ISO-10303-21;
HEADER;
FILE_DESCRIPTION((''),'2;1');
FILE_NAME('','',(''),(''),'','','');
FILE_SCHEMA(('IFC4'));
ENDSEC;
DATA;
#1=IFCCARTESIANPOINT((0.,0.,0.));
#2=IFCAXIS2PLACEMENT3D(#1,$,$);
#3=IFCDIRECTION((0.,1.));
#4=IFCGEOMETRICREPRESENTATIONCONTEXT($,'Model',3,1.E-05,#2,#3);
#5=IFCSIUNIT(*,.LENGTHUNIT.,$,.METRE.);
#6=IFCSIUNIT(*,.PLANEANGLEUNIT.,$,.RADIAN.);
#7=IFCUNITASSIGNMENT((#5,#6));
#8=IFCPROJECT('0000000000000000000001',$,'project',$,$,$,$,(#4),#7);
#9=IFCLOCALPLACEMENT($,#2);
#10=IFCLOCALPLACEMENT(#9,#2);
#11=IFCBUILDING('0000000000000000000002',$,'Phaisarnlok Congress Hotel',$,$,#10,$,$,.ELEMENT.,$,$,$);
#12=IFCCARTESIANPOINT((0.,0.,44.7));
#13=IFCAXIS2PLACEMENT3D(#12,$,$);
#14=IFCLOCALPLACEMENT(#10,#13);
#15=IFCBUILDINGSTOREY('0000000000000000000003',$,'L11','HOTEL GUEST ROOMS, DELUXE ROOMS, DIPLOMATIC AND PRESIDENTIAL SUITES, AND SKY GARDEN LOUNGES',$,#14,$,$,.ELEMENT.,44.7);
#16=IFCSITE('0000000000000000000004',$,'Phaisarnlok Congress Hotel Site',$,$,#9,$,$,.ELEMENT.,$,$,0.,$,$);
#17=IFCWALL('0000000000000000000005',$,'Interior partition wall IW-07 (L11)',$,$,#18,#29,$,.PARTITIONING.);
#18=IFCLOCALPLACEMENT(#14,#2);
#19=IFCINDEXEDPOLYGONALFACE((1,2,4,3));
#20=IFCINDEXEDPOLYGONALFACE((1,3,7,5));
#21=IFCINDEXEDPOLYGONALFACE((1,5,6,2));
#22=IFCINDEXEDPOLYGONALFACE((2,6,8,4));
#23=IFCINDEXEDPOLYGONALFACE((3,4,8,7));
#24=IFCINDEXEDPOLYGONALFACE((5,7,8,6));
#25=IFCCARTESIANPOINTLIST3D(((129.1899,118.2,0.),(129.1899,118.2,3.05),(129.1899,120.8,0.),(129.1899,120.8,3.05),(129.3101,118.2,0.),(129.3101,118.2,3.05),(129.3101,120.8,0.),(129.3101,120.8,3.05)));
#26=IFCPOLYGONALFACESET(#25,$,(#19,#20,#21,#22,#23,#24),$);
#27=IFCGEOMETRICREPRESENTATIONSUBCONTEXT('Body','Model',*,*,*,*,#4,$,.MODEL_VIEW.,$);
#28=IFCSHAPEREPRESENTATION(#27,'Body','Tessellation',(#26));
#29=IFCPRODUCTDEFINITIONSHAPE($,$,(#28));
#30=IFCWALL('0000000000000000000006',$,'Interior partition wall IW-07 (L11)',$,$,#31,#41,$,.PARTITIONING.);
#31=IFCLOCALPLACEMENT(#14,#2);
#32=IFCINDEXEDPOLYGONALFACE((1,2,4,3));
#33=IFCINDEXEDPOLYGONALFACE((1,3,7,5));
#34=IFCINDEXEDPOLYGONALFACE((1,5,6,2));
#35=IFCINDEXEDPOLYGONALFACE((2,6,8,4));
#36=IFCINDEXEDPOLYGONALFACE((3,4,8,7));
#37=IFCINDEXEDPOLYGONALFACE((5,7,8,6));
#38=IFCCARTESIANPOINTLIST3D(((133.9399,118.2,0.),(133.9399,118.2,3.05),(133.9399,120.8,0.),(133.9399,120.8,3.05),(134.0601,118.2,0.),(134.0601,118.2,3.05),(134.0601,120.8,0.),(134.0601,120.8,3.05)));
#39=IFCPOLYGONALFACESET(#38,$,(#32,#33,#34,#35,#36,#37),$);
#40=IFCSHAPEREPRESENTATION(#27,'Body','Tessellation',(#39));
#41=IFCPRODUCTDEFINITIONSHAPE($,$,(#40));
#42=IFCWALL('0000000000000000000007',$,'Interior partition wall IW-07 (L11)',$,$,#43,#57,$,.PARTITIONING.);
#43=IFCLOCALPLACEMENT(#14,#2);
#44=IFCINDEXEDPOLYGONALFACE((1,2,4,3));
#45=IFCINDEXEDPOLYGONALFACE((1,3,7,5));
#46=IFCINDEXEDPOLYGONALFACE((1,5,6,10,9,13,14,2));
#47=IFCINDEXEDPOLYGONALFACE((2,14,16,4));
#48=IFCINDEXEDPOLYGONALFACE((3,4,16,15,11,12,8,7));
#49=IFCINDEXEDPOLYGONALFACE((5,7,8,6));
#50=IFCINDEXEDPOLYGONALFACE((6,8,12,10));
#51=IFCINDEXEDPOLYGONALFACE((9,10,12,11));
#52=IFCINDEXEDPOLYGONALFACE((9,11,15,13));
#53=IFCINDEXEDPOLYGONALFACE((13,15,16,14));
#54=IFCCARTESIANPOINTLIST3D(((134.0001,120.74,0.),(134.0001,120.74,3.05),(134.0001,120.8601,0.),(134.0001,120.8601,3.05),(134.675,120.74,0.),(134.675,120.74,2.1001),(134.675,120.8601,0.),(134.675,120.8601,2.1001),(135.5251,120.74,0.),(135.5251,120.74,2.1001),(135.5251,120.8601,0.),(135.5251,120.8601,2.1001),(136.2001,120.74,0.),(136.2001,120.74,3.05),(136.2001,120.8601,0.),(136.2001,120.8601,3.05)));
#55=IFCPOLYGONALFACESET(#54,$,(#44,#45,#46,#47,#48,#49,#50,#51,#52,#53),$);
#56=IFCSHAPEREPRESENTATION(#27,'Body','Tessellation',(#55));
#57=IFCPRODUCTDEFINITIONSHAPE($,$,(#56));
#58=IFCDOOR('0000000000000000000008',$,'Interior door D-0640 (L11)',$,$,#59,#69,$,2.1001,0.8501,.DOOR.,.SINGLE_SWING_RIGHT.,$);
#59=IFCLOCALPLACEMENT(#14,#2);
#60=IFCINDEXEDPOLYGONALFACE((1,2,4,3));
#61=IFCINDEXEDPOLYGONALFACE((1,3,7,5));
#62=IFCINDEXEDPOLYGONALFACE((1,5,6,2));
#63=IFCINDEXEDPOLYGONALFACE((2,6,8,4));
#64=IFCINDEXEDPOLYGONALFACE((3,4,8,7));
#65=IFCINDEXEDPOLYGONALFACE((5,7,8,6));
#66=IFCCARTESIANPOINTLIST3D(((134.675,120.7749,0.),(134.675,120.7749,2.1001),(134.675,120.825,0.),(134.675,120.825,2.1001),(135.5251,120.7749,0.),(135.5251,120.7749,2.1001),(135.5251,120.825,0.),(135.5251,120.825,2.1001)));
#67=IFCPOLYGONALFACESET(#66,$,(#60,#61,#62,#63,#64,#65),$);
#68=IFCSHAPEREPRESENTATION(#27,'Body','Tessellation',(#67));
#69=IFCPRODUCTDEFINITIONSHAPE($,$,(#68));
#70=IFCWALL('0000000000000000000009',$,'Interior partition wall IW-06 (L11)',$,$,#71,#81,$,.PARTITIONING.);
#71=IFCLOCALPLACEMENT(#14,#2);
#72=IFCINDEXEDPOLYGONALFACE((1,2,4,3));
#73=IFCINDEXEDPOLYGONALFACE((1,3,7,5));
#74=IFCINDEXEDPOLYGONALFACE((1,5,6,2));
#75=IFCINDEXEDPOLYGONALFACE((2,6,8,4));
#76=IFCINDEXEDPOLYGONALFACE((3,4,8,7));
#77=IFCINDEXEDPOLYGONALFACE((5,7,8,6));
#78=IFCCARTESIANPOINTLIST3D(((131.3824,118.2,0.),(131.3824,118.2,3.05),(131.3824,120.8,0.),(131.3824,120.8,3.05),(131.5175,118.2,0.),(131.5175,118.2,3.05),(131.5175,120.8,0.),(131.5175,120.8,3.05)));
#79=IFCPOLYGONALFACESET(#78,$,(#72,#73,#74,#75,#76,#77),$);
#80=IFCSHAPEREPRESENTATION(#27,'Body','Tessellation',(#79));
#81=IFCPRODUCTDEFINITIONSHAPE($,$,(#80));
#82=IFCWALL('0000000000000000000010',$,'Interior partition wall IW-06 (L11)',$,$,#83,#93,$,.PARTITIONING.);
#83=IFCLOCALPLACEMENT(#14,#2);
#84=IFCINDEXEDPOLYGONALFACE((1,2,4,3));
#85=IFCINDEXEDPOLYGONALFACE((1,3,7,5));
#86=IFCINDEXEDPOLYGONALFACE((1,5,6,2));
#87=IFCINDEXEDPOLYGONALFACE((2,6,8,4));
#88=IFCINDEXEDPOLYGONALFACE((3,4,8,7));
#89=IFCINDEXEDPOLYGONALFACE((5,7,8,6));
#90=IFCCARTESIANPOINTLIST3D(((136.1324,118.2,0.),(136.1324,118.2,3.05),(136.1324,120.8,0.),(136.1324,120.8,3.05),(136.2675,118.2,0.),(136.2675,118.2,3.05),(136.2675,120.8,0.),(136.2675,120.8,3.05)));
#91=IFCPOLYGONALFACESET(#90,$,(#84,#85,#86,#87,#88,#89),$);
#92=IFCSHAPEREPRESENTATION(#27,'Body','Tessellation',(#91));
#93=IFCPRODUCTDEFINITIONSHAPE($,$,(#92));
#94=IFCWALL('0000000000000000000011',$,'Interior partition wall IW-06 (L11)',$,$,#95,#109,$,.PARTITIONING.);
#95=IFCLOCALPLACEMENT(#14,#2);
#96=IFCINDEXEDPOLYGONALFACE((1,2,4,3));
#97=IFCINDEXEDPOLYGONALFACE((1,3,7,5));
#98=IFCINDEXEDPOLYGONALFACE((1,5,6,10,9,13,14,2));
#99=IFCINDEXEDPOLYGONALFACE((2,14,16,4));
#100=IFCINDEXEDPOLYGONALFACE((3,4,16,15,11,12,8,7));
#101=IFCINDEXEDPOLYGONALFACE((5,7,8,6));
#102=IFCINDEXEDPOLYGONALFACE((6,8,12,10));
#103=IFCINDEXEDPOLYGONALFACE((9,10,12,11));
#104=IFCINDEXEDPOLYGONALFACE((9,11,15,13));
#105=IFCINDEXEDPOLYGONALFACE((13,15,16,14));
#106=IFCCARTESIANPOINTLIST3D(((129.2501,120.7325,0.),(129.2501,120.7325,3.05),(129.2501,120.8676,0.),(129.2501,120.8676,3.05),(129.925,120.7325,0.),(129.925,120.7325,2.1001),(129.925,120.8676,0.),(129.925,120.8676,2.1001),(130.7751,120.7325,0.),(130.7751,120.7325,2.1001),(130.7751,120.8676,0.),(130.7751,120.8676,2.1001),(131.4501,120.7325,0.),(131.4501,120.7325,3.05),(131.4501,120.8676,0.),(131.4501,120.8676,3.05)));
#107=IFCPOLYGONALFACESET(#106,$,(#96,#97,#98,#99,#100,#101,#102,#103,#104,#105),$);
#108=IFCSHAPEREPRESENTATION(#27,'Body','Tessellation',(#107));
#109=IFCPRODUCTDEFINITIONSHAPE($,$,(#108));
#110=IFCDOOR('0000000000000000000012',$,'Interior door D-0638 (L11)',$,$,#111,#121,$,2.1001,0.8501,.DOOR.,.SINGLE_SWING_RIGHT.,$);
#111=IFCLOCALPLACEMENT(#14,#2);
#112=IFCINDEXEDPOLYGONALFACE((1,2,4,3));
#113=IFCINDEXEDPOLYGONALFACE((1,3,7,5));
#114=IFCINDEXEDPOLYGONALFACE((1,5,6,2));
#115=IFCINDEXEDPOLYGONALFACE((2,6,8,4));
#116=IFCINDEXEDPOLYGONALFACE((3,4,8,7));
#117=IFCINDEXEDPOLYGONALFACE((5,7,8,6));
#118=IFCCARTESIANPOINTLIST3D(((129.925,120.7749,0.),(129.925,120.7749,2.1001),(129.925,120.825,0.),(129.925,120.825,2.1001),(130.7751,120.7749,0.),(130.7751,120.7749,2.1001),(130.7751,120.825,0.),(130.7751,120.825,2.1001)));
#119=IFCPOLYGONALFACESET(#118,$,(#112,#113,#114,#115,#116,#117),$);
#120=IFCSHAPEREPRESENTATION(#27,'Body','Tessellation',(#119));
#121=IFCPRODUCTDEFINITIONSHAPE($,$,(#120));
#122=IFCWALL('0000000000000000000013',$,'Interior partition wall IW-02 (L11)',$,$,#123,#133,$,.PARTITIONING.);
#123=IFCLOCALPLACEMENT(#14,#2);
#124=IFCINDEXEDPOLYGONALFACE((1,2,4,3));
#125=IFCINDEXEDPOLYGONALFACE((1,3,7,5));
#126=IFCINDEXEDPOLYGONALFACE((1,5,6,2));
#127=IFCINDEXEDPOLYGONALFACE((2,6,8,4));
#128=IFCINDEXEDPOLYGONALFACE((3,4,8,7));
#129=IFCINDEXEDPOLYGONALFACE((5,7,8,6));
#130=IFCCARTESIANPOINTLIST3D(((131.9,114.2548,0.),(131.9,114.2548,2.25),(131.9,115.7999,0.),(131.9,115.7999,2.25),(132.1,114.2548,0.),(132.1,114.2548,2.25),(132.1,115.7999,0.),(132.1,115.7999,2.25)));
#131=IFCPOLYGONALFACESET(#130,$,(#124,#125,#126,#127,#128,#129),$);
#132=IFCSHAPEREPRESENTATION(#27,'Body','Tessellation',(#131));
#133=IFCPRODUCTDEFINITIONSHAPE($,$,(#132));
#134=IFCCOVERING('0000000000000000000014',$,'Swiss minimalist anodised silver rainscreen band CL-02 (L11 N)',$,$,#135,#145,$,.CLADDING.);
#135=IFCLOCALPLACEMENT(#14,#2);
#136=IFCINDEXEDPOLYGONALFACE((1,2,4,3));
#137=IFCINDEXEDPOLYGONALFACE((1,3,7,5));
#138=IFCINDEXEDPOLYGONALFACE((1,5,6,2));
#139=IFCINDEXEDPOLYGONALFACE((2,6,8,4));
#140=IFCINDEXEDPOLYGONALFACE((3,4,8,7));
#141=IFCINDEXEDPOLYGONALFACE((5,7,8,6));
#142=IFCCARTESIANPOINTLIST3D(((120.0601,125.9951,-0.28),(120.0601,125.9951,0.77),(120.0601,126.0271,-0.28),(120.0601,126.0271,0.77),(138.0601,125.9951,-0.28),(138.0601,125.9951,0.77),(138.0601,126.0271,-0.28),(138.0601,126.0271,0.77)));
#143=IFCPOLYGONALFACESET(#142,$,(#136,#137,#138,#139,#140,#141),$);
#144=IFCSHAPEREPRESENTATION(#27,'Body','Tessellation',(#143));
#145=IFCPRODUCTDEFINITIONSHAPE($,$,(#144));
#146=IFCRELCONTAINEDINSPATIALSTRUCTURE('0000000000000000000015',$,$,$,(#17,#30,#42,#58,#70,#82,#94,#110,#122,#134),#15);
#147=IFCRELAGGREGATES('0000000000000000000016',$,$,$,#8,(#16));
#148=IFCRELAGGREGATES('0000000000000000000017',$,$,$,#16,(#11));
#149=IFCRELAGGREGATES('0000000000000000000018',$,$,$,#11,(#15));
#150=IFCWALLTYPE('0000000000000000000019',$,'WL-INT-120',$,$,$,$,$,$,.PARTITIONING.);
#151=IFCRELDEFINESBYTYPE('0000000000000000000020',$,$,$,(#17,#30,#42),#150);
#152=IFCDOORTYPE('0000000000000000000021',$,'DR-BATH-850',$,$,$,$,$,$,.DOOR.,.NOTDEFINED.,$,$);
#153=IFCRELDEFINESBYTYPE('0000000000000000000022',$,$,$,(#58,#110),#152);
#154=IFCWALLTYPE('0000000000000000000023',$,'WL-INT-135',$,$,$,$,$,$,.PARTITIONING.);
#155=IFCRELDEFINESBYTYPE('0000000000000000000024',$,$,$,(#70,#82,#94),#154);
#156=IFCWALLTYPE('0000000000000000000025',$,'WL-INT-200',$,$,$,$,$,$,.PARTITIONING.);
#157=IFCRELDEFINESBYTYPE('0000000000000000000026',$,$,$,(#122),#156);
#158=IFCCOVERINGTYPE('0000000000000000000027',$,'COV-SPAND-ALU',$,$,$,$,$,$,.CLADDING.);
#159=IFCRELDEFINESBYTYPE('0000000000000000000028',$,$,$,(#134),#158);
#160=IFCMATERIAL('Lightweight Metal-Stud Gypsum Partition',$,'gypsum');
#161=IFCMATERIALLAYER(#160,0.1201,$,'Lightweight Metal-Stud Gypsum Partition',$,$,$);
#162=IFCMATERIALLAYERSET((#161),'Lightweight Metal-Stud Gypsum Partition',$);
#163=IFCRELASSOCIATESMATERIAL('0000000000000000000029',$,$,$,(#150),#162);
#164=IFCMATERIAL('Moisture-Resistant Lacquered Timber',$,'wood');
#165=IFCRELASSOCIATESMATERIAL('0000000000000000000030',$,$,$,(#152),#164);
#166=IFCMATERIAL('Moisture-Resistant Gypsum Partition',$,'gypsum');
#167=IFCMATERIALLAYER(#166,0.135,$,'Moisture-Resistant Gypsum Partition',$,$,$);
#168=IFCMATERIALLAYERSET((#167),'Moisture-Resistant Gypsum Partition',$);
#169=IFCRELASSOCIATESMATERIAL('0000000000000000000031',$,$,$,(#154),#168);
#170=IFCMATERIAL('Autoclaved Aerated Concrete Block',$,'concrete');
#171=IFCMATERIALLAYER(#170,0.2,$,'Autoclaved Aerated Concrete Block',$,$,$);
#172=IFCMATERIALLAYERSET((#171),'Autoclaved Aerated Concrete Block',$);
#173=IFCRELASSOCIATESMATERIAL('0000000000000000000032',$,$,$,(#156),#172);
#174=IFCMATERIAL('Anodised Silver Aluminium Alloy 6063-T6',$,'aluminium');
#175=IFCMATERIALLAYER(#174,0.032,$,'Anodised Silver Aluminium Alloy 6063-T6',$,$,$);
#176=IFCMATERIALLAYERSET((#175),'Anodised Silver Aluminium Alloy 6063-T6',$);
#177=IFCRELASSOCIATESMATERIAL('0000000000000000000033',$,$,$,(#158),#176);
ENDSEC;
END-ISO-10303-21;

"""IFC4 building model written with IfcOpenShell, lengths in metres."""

from ifc_helpers import new_model, si_unit, direction, frame, frame_2d, origin, place, context, subcontext, project, spatial, polyline, rectangle, outline, extrude, material, layer, layer_set, type_object, element, fill, save


model = new_model("IFC4")

# Units and contexts
model_context = context("Model", 3, precision=1e-05, world=origin(), true_north=direction((0.0, 1.0)))
body_context = subcontext(model_context, "Body", "Model", "MODEL_VIEW")
ifc_project = project(units=[si_unit("LENGTHUNIT", "METRE"), si_unit("PLANEANGLEUNIT", "RADIAN")], contexts=[model_context])

# Site, building, storey
site_placement = place(None, origin())
site = spatial("IfcSite", under=ifc_project, at=site_placement, Name="Phaisarnlok Congress Hotel Site", CompositionType="ELEMENT", RefElevation=0.0)
building_placement = place(site_placement, origin())
building = spatial("IfcBuilding", under=site, at=building_placement, Name="Phaisarnlok Congress Hotel", CompositionType="ELEMENT")
storey_placement = place(building_placement, frame((0.0, 0.0, 44.7)))
storey = spatial("IfcBuildingStorey", under=building, at=storey_placement, Name="L11", Description="HOTEL GUEST ROOMS, DELUXE ROOMS, DIPLOMATIC AND PRESIDENTIAL SUITES, AND SKY GARDEN LOUNGES", CompositionType="ELEMENT", Elevation=44.7)

# Walls
ifc_material_1 = material(Name="Lightweight Metal-Stud Gypsum Partition", Category="gypsum")
ifc_layer_1 = layer(ifc_material_1, 0.1201, Name="Lightweight Metal-Stud Gypsum Partition")
ifc_layer_set_1 = layer_set([ifc_layer_1], Name="Lightweight Metal-Stud Gypsum Partition")
wall_type_1 = type_object("IfcWallType", Name="WL-INT-120", PredefinedType="PARTITIONING", material=ifc_layer_set_1)
for number, where, z_axis, x_axis, name in (
    (1, (129.25, 118.2, 0.0), (0.0, 0.0, 1.0), (0.0, 1.0, 0.0), "Interior partition wall IW-07 (L11)"),
    (2, (134.0, 118.2, 0.0), (0.0, 0.0, 1.0), (0.0, 1.0, 0.0), "Interior partition wall IW-07 (L11)"),
):
    element("IfcWall", number, at=place(storey_placement, frame(where, z_axis=z_axis, x_axis=x_axis)), inside=storey, type_object=wall_type_1, Name=name, PredefinedType="PARTITIONING", context=body_context, shape_type="SweptSolid", body=[
        extrude(rectangle(XDim=2.6001, YDim=0.1201, at=frame_2d((1.3, 0.0))), origin(), (0.0, 0.0, 1.0), 3.05),
    ])

# Wall, opening, door
wall_1_placement = place(storey_placement, frame((134.0, 120.8, 0.0), z_axis=(0.0, 0.0, 1.0), x_axis=(1.0, 0.0, 0.0)))
wall_1 = element("IfcWall", 3, at=wall_1_placement, inside=storey, type_object=wall_type_1, Name="Interior partition wall IW-07 (L11)", PredefinedType="PARTITIONING", context=body_context, shape_type="SweptSolid", body=[
    extrude(rectangle(XDim=2.2, YDim=0.1201, at=frame_2d((1.1001, 0.0))), origin(), (0.0, 0.0, 1.0), 3.05),
])
opening_1_placement = place(wall_1_placement, frame((0.675, 0.0, 0.0)))
opening_1 = element("IfcOpeningElement", 4, at=opening_1_placement, cuts=wall_1, PredefinedType="OPENING", context=body_context, shape_type="SweptSolid", body=[
    extrude(rectangle(XDim=0.8501, YDim=2.1001, at=frame_2d((0.425, 1.05))), frame((0.0, 0.0701, 0.0), z_axis=(0.0, -1.0, 0.0), x_axis=(1.0, 0.0, 0.0)), (0.0, 0.0, 1.0), 0.1401),
])
ifc_material_2 = material(Name="Moisture-Resistant Lacquered Timber", Category="wood")
door_type = type_object("IfcDoorType", Name="DR-BATH-850", OperationType="NOTDEFINED", PredefinedType="DOOR", material=ifc_material_2)
door_1_placement = place(opening_1_placement, origin())
door_1 = element("IfcDoor", 5, at=door_1_placement, inside=storey, type_object=door_type, Name="Interior door D-0640 (L11)", OperationType="SINGLE_SWING_RIGHT", OverallHeight=2.1001, OverallWidth=0.8501, PredefinedType="DOOR", context=body_context, shape_type="SweptSolid", body=[
    extrude(rectangle(XDim=0.8501, YDim=2.1001, at=frame_2d((0.425, 1.05))), frame((0.0, 0.0249, 0.0), z_axis=(0.0, -1.0, 0.0), x_axis=(1.0, 0.0, 0.0)), (0.0, 0.0, 1.0), 0.05),
])
fill(opening_1, door_1)

# Walls
ifc_material_3 = material(Name="Moisture-Resistant Gypsum Partition", Category="gypsum")
ifc_layer_2 = layer(ifc_material_3, 0.135, Name="Moisture-Resistant Gypsum Partition")
ifc_layer_set_2 = layer_set([ifc_layer_2], Name="Moisture-Resistant Gypsum Partition")
wall_type_2 = type_object("IfcWallType", Name="WL-INT-135", PredefinedType="PARTITIONING", material=ifc_layer_set_2)
for number, where, z_axis, x_axis, name in (
    (6, (131.45, 118.2, 0.0), (0.0, 0.0, 1.0), (0.0, 1.0, 0.0), "Interior partition wall IW-06 (L11)"),
    (7, (136.2, 118.2, 0.0), (0.0, 0.0, 1.0), (0.0, 1.0, 0.0), "Interior partition wall IW-06 (L11)"),
):
    element("IfcWall", number, at=place(storey_placement, frame(where, z_axis=z_axis, x_axis=x_axis)), inside=storey, type_object=wall_type_2, Name=name, PredefinedType="PARTITIONING", context=body_context, shape_type="SweptSolid", body=[
        extrude(rectangle(XDim=2.6001, YDim=0.135, at=frame_2d((1.3, 0.0))), origin(), (0.0, 0.0, 1.0), 3.05),
    ])

# Wall, opening, door
wall_2_placement = place(storey_placement, frame((129.25, 120.8, 0.0), z_axis=(0.0, 0.0, 1.0), x_axis=(1.0, 0.0, 0.0)))
wall_2 = element("IfcWall", 8, at=wall_2_placement, inside=storey, type_object=wall_type_2, Name="Interior partition wall IW-06 (L11)", PredefinedType="PARTITIONING", context=body_context, shape_type="SweptSolid", body=[
    extrude(rectangle(XDim=2.2, YDim=0.135, at=frame_2d((1.1001, 0.0))), origin(), (0.0, 0.0, 1.0), 3.05),
])
opening_2_placement = place(wall_2_placement, frame((0.675, 0.0, 0.0)))
opening_2 = element("IfcOpeningElement", 9, at=opening_2_placement, cuts=wall_2, PredefinedType="OPENING", context=body_context, shape_type="SweptSolid", body=[
    extrude(rectangle(XDim=0.8501, YDim=2.1001, at=frame_2d((0.425, 1.05))), frame((0.0, 0.0776, 0.0), z_axis=(0.0, -1.0, 0.0), x_axis=(1.0, 0.0, 0.0)), (0.0, 0.0, 1.0), 0.155),
])
door_2_placement = place(opening_2_placement, origin())
door_2 = element("IfcDoor", 10, at=door_2_placement, inside=storey, type_object=door_type, Name="Interior door D-0638 (L11)", OperationType="SINGLE_SWING_RIGHT", OverallHeight=2.1001, OverallWidth=0.8501, PredefinedType="DOOR", context=body_context, shape_type="SweptSolid", body=[
    extrude(rectangle(XDim=0.8501, YDim=2.1001, at=frame_2d((0.425, 1.05))), frame((0.0, 0.0249, 0.0), z_axis=(0.0, -1.0, 0.0), x_axis=(1.0, 0.0, 0.0)), (0.0, 0.0, 1.0), 0.05),
])
fill(opening_2, door_2)

# Wall
ifc_material_4 = material(Name="Autoclaved Aerated Concrete Block", Category="concrete")
ifc_layer_3 = layer(ifc_material_4, 0.2, Name="Autoclaved Aerated Concrete Block")
ifc_layer_set_3 = layer_set([ifc_layer_3], Name="Autoclaved Aerated Concrete Block")
wall_type_3 = type_object("IfcWallType", Name="WL-INT-200", PredefinedType="PARTITIONING", material=ifc_layer_set_3)
wall_3_placement = place(storey_placement, frame((132.0, 114.2549, 0.0), z_axis=(0.0, 0.0, 1.0), x_axis=(0.0, 1.0, 0.0)))
element("IfcWall", 11, at=wall_3_placement, inside=storey, type_object=wall_type_3, Name="Interior partition wall IW-02 (L11)", PredefinedType="PARTITIONING", context=body_context, shape_type="SweptSolid", body=[
    extrude(rectangle(XDim=1.5452, YDim=0.2, at=frame_2d((0.7725, 0.0))), origin(), (0.0, 0.0, 1.0), 2.25),
])

# Covering
ifc_material_5 = material(Name="Anodised Silver Aluminium Alloy 6063-T6", Category="aluminium")
ifc_layer_4 = layer(ifc_material_5, 0.032, Name="Anodised Silver Aluminium Alloy 6063-T6")
ifc_layer_set_4 = layer_set([ifc_layer_4], Name="Anodised Silver Aluminium Alloy 6063-T6")
covering_type = type_object("IfcCoveringType", Name="COV-SPAND-ALU", PredefinedType="CLADDING", material=ifc_layer_set_4)
covering_placement = place(storey_placement, frame((138.0601, 125.9951, -0.28), z_axis=(0.0, 1.0, 0.0), x_axis=(-1.0, 0.0, 0.0)))
element("IfcCovering", 12, at=covering_placement, inside=storey, type_object=covering_type, Name="Swiss minimalist anodised silver rainscreen band CL-02 (L11 N)", PredefinedType="CLADDING", context=body_context, shape_type="SweptSolid", body=[
    extrude(outline(polyline([(0.0, 0.0), (18.0, 0.0), (18.0, 1.05), (0.0, 1.05), (0.0, 0.0)])), origin(), (0.0, 0.0, 1.0), 0.032),
])

save(model, "model.ifc")
